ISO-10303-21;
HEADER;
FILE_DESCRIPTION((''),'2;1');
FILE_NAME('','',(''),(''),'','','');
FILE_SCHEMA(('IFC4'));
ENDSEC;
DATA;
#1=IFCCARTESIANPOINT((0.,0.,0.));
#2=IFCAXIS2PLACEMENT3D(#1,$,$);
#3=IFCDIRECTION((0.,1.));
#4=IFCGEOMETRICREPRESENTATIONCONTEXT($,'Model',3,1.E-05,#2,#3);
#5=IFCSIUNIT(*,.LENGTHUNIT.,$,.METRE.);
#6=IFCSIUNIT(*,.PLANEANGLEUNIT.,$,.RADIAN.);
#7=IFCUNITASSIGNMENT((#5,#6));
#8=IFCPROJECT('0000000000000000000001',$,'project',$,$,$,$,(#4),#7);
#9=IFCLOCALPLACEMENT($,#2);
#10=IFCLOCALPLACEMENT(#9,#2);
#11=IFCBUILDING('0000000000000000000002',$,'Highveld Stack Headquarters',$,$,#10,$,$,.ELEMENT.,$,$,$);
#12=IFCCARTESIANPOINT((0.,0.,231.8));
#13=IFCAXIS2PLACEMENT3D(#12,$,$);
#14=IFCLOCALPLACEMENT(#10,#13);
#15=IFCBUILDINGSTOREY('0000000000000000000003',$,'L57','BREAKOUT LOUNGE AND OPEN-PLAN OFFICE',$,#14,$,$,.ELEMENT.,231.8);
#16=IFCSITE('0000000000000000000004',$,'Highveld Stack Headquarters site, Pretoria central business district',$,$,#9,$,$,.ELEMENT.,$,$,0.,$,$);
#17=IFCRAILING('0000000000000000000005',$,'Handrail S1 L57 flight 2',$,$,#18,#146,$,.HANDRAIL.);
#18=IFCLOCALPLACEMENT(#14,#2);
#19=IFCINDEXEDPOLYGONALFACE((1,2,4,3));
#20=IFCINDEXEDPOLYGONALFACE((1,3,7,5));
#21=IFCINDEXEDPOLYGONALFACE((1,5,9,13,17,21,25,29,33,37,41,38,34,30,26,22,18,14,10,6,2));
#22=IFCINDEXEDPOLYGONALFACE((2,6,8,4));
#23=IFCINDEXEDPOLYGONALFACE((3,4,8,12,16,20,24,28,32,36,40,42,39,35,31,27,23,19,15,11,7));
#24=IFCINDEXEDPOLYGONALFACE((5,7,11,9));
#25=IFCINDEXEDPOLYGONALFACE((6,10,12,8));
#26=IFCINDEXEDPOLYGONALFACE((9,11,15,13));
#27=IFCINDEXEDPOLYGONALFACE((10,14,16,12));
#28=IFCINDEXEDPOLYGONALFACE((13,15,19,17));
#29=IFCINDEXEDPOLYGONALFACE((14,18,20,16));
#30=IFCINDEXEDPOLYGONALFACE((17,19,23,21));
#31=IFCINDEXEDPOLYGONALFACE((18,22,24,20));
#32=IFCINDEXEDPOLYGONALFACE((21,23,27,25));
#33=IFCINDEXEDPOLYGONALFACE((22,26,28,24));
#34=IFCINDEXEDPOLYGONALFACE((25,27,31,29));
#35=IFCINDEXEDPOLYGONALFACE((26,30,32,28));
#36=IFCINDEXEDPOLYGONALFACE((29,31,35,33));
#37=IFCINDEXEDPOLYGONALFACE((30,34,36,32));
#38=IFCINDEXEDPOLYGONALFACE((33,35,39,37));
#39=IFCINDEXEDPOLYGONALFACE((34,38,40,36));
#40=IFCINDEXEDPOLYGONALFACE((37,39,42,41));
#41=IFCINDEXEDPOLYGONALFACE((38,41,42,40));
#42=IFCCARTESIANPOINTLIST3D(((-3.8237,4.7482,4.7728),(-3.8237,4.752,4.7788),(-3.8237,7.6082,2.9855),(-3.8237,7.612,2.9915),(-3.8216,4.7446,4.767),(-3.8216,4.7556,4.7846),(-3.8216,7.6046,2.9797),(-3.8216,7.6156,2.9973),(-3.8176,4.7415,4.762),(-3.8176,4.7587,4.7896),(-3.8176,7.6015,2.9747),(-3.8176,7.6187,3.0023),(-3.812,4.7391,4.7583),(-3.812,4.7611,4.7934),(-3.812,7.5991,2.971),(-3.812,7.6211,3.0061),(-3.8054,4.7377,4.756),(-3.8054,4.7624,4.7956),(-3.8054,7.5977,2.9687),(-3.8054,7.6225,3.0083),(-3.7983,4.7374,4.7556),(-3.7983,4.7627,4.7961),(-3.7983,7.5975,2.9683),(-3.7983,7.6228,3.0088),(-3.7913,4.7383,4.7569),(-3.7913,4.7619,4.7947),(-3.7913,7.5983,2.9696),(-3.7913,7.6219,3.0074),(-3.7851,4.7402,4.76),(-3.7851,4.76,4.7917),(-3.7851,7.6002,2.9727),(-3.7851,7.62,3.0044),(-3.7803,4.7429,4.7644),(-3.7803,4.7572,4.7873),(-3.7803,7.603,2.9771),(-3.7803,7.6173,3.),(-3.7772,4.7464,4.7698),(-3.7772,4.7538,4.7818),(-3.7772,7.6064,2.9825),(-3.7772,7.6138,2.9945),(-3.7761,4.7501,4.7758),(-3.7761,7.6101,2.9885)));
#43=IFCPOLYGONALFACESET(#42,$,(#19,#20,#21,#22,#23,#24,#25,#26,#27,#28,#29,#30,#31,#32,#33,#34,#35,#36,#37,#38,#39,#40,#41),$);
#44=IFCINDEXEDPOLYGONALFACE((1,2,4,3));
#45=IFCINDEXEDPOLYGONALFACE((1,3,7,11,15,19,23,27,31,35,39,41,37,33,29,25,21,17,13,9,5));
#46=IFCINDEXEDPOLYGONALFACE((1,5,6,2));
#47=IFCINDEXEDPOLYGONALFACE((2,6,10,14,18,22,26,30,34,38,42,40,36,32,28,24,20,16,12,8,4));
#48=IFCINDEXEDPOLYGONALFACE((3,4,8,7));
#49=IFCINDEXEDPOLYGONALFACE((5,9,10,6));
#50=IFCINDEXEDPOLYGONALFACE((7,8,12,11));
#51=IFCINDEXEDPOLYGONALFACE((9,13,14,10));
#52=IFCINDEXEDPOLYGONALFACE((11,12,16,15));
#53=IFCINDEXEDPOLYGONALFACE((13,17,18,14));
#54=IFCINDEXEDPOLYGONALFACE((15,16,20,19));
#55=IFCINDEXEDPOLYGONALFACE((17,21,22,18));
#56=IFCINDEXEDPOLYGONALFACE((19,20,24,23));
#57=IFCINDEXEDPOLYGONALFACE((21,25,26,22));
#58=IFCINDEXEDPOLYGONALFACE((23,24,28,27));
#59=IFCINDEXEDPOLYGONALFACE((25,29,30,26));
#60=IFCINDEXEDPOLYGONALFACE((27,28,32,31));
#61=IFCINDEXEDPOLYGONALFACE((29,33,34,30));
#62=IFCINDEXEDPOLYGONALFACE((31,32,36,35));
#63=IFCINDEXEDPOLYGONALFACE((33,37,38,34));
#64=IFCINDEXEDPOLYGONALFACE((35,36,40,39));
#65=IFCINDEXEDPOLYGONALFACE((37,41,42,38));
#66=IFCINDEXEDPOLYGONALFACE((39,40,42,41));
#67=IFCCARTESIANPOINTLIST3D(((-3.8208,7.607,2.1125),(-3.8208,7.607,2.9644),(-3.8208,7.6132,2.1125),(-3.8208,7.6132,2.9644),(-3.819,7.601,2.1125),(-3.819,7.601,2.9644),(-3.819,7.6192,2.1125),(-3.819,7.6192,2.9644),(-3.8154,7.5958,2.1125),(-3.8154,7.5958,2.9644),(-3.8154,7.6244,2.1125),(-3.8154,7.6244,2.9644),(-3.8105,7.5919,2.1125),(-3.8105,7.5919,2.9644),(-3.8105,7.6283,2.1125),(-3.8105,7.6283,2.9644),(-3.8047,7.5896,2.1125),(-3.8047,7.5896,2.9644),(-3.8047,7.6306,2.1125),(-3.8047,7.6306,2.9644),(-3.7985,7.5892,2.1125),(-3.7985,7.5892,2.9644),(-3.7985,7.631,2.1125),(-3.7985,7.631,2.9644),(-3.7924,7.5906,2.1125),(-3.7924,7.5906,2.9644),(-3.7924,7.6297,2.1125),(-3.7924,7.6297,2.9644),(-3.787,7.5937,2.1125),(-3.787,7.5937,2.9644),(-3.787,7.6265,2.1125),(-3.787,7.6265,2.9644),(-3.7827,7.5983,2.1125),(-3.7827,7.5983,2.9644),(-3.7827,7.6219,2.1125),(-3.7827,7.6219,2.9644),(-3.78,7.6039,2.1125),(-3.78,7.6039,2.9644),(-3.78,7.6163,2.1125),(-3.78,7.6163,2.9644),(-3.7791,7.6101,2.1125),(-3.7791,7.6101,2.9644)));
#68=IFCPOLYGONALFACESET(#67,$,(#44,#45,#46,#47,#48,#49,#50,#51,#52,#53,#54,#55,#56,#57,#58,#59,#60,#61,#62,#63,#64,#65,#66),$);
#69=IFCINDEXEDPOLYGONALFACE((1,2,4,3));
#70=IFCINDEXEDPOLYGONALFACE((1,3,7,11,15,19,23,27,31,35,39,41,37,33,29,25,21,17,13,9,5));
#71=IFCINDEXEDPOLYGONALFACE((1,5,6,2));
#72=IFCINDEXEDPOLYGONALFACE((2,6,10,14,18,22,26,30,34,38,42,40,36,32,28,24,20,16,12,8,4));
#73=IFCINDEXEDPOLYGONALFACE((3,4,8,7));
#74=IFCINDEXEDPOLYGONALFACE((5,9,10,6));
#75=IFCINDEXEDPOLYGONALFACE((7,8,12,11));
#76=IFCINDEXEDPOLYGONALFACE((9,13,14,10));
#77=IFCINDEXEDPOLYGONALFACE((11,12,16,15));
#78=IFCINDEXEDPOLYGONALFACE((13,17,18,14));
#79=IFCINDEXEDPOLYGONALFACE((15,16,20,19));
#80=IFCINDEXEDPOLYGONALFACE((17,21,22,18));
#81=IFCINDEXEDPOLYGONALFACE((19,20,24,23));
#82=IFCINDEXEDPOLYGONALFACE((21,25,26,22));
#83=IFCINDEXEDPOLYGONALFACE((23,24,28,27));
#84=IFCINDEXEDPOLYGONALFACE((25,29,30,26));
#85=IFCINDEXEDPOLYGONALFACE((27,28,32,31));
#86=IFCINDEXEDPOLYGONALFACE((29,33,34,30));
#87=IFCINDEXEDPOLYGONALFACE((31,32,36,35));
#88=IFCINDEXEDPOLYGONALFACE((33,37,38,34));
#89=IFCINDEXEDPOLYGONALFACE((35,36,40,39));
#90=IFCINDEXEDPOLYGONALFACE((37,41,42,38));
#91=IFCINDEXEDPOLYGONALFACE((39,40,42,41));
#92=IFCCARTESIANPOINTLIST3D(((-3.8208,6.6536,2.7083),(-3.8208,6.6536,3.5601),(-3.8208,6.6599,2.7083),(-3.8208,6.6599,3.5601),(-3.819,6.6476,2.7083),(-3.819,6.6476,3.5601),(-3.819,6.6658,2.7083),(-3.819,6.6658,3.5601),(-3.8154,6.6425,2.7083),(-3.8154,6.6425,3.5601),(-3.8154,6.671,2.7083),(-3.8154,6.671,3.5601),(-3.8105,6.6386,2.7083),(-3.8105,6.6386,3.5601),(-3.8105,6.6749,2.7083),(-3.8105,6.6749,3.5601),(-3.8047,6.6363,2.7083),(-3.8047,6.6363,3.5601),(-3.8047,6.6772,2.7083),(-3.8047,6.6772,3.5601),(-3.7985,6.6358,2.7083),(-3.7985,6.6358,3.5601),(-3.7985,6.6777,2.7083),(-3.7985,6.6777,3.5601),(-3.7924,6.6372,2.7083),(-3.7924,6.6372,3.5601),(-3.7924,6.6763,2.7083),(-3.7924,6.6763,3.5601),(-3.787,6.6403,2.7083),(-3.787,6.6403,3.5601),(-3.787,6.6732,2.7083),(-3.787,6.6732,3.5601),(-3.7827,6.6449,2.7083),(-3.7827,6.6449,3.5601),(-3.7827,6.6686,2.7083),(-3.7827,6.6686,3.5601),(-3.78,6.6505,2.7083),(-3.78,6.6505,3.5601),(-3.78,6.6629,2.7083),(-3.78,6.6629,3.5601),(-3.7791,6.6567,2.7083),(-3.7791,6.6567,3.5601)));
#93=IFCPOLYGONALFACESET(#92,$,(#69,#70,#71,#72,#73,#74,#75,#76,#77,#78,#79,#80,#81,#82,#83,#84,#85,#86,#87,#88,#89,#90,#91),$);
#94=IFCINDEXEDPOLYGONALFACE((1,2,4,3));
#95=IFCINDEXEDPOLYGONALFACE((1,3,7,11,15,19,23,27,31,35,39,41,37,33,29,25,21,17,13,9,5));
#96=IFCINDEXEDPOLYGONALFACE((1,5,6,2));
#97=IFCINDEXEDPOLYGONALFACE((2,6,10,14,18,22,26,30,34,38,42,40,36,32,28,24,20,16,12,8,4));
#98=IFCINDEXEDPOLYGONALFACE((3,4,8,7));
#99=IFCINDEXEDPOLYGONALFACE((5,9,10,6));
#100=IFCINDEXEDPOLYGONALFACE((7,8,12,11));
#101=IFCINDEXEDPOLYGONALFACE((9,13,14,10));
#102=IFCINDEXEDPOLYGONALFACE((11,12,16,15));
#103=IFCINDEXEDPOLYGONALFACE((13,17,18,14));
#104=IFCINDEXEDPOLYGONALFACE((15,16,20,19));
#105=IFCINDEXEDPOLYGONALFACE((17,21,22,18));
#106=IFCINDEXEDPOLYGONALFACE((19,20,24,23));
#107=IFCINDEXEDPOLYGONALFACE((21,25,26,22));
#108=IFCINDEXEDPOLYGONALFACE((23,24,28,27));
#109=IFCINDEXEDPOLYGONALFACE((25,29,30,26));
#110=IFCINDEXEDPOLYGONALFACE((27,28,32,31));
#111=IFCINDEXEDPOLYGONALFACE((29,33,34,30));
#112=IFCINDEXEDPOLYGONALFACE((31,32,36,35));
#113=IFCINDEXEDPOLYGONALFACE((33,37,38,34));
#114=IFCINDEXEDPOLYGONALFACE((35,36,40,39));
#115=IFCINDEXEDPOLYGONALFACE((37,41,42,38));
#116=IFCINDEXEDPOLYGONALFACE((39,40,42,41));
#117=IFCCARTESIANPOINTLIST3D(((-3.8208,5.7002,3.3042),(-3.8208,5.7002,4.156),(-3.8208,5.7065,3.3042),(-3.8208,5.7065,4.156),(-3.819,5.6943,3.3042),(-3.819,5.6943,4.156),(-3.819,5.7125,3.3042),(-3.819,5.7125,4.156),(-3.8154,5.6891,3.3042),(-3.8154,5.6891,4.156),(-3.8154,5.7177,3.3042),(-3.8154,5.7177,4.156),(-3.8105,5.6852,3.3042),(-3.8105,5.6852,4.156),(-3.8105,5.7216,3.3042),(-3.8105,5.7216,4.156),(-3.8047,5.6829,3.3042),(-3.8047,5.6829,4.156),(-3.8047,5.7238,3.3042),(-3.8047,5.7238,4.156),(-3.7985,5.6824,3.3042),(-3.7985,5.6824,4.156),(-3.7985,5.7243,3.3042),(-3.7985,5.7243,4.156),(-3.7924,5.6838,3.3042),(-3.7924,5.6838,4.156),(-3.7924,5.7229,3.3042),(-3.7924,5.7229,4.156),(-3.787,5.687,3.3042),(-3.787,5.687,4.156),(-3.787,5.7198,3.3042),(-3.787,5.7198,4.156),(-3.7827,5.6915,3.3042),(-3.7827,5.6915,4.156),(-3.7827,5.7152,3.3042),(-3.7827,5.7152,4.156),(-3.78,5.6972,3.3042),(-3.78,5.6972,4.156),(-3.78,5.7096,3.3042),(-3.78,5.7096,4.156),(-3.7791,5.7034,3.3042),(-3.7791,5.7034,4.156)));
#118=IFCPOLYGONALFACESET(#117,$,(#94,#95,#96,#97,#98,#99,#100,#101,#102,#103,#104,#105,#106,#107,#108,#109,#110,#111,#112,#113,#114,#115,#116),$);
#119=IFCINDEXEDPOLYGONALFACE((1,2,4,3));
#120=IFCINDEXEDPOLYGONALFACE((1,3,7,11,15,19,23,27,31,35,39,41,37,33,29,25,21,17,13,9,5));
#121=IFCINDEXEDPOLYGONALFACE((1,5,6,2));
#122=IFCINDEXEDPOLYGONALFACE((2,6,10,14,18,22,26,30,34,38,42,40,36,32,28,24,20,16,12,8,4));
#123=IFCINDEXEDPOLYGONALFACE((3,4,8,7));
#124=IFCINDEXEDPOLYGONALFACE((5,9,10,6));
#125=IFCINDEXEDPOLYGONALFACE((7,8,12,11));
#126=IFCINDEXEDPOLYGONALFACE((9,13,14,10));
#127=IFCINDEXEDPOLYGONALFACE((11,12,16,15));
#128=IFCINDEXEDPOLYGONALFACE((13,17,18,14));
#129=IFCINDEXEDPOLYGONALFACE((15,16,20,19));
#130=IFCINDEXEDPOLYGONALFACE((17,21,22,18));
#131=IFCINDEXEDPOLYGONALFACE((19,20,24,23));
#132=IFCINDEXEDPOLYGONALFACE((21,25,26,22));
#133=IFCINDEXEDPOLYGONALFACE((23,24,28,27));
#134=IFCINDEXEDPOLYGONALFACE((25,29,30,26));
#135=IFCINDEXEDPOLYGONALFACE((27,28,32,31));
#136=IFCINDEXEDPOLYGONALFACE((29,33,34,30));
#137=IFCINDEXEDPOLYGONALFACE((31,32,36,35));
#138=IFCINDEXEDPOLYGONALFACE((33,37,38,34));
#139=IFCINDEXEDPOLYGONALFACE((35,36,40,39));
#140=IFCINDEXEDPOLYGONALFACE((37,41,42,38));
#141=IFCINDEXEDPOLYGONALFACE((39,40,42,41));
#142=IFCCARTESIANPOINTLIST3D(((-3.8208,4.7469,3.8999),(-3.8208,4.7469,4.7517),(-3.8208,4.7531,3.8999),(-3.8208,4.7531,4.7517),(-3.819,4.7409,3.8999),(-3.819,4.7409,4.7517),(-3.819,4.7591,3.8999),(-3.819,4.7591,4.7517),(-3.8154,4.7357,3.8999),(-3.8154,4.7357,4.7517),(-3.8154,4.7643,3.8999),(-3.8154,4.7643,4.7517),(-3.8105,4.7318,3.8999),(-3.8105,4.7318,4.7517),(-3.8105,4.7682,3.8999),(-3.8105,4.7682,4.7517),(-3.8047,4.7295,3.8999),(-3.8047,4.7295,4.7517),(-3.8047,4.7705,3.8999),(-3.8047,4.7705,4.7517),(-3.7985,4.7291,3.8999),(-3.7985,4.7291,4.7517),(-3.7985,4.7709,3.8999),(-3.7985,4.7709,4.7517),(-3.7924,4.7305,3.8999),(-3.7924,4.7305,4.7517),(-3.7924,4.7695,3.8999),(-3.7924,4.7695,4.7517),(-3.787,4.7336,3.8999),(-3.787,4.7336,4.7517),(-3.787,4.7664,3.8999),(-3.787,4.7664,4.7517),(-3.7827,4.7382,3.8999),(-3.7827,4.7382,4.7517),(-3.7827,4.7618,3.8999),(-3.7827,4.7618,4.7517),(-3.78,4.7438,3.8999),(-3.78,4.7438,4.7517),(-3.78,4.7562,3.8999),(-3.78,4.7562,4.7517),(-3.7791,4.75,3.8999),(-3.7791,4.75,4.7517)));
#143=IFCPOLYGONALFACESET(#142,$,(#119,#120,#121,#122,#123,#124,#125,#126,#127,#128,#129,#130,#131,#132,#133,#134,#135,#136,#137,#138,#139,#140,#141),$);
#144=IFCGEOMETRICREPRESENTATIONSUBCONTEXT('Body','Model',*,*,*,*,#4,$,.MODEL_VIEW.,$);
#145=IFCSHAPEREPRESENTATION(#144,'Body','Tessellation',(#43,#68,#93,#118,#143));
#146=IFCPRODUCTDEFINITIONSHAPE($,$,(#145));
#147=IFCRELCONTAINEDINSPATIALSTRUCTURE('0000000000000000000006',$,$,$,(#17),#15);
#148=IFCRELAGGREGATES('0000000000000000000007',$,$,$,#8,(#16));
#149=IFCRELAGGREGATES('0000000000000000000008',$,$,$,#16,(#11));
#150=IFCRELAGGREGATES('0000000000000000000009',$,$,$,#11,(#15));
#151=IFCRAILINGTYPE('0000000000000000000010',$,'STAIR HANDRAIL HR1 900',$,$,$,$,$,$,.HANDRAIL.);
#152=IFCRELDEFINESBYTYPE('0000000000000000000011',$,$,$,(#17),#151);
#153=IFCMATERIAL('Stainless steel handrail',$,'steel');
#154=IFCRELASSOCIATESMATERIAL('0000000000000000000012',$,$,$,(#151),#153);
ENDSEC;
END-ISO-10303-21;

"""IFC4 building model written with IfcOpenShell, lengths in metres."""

from ifc_helpers import new_model, si_unit, direction, frame, origin, origin_2d, place, context, subcontext, project, spatial, circle, extrude, material, type_object, element, save


model = new_model("IFC4")

# Units and contexts
model_context = context("Model", 3, precision=1e-05, world=origin(), true_north=direction((0.0, 1.0)))
body_context = subcontext(model_context, "Body", "Model", "MODEL_VIEW")
ifc_project = project(units=[si_unit("LENGTHUNIT", "METRE"), si_unit("PLANEANGLEUNIT", "RADIAN")], contexts=[model_context])

# Site, building, storey
site_placement = place(None, origin())
site = spatial("IfcSite", under=ifc_project, at=site_placement, Name="Highveld Stack Headquarters site, Pretoria central business district", CompositionType="ELEMENT", RefElevation=0.0)
building_placement = place(site_placement, origin())
building = spatial("IfcBuilding", under=site, at=building_placement, Name="Highveld Stack Headquarters", CompositionType="ELEMENT")
storey_placement = place(building_placement, frame((0.0, 0.0, 231.8)))
storey = spatial("IfcBuildingStorey", under=building, at=storey_placement, Name="L57", Description="BREAKOUT LOUNGE AND OPEN-PLAN OFFICE", CompositionType="ELEMENT", Elevation=231.8)

# Railing
ifc_material_1 = material(Name="Stainless steel handrail", Category="steel")
railing_type = type_object("IfcRailingType", Name="STAIR HANDRAIL HR1 900", PredefinedType="HANDRAIL", material=ifc_material_1)
for number, where, name in (
    (1, (-3.8, 7.6101, 2.1125), "Handrail S1 L57 flight 2"),
):
    element("IfcRailing", number, at=place(storey_placement, frame(where)), inside=storey, type_object=railing_type, Name=name, PredefinedType="HANDRAIL", context=body_context, shape_type="SweptSolid", body=[
        extrude(circle(Radius=0.0239, at=origin_2d()), frame((0.0, 0.0, 0.876), z_axis=(0.0, -0.848027, 0.529953), x_axis=(1.0, 0.0, 0.0)), (0.0, 0.0, 1.0), 3.3726),
        extrude(circle(Radius=0.021, at=origin_2d()), origin(), (0.0, 0.0, 1.0), 0.8518),
        extrude(circle(Radius=0.021, at=origin_2d()), frame((0.0, -0.9534, 0.5957)), (0.0, 0.0, 1.0), 0.8518),
        extrude(circle(Radius=0.021, at=origin_2d()), frame((0.0, -1.9067, 1.1917)), (0.0, 0.0, 1.0), 0.8518),
        extrude(circle(Radius=0.021, at=origin_2d()), frame((0.0, -2.8601, 1.7874)), (0.0, 0.0, 1.0), 0.8518),
    ])

save(model, "model.ifc")
